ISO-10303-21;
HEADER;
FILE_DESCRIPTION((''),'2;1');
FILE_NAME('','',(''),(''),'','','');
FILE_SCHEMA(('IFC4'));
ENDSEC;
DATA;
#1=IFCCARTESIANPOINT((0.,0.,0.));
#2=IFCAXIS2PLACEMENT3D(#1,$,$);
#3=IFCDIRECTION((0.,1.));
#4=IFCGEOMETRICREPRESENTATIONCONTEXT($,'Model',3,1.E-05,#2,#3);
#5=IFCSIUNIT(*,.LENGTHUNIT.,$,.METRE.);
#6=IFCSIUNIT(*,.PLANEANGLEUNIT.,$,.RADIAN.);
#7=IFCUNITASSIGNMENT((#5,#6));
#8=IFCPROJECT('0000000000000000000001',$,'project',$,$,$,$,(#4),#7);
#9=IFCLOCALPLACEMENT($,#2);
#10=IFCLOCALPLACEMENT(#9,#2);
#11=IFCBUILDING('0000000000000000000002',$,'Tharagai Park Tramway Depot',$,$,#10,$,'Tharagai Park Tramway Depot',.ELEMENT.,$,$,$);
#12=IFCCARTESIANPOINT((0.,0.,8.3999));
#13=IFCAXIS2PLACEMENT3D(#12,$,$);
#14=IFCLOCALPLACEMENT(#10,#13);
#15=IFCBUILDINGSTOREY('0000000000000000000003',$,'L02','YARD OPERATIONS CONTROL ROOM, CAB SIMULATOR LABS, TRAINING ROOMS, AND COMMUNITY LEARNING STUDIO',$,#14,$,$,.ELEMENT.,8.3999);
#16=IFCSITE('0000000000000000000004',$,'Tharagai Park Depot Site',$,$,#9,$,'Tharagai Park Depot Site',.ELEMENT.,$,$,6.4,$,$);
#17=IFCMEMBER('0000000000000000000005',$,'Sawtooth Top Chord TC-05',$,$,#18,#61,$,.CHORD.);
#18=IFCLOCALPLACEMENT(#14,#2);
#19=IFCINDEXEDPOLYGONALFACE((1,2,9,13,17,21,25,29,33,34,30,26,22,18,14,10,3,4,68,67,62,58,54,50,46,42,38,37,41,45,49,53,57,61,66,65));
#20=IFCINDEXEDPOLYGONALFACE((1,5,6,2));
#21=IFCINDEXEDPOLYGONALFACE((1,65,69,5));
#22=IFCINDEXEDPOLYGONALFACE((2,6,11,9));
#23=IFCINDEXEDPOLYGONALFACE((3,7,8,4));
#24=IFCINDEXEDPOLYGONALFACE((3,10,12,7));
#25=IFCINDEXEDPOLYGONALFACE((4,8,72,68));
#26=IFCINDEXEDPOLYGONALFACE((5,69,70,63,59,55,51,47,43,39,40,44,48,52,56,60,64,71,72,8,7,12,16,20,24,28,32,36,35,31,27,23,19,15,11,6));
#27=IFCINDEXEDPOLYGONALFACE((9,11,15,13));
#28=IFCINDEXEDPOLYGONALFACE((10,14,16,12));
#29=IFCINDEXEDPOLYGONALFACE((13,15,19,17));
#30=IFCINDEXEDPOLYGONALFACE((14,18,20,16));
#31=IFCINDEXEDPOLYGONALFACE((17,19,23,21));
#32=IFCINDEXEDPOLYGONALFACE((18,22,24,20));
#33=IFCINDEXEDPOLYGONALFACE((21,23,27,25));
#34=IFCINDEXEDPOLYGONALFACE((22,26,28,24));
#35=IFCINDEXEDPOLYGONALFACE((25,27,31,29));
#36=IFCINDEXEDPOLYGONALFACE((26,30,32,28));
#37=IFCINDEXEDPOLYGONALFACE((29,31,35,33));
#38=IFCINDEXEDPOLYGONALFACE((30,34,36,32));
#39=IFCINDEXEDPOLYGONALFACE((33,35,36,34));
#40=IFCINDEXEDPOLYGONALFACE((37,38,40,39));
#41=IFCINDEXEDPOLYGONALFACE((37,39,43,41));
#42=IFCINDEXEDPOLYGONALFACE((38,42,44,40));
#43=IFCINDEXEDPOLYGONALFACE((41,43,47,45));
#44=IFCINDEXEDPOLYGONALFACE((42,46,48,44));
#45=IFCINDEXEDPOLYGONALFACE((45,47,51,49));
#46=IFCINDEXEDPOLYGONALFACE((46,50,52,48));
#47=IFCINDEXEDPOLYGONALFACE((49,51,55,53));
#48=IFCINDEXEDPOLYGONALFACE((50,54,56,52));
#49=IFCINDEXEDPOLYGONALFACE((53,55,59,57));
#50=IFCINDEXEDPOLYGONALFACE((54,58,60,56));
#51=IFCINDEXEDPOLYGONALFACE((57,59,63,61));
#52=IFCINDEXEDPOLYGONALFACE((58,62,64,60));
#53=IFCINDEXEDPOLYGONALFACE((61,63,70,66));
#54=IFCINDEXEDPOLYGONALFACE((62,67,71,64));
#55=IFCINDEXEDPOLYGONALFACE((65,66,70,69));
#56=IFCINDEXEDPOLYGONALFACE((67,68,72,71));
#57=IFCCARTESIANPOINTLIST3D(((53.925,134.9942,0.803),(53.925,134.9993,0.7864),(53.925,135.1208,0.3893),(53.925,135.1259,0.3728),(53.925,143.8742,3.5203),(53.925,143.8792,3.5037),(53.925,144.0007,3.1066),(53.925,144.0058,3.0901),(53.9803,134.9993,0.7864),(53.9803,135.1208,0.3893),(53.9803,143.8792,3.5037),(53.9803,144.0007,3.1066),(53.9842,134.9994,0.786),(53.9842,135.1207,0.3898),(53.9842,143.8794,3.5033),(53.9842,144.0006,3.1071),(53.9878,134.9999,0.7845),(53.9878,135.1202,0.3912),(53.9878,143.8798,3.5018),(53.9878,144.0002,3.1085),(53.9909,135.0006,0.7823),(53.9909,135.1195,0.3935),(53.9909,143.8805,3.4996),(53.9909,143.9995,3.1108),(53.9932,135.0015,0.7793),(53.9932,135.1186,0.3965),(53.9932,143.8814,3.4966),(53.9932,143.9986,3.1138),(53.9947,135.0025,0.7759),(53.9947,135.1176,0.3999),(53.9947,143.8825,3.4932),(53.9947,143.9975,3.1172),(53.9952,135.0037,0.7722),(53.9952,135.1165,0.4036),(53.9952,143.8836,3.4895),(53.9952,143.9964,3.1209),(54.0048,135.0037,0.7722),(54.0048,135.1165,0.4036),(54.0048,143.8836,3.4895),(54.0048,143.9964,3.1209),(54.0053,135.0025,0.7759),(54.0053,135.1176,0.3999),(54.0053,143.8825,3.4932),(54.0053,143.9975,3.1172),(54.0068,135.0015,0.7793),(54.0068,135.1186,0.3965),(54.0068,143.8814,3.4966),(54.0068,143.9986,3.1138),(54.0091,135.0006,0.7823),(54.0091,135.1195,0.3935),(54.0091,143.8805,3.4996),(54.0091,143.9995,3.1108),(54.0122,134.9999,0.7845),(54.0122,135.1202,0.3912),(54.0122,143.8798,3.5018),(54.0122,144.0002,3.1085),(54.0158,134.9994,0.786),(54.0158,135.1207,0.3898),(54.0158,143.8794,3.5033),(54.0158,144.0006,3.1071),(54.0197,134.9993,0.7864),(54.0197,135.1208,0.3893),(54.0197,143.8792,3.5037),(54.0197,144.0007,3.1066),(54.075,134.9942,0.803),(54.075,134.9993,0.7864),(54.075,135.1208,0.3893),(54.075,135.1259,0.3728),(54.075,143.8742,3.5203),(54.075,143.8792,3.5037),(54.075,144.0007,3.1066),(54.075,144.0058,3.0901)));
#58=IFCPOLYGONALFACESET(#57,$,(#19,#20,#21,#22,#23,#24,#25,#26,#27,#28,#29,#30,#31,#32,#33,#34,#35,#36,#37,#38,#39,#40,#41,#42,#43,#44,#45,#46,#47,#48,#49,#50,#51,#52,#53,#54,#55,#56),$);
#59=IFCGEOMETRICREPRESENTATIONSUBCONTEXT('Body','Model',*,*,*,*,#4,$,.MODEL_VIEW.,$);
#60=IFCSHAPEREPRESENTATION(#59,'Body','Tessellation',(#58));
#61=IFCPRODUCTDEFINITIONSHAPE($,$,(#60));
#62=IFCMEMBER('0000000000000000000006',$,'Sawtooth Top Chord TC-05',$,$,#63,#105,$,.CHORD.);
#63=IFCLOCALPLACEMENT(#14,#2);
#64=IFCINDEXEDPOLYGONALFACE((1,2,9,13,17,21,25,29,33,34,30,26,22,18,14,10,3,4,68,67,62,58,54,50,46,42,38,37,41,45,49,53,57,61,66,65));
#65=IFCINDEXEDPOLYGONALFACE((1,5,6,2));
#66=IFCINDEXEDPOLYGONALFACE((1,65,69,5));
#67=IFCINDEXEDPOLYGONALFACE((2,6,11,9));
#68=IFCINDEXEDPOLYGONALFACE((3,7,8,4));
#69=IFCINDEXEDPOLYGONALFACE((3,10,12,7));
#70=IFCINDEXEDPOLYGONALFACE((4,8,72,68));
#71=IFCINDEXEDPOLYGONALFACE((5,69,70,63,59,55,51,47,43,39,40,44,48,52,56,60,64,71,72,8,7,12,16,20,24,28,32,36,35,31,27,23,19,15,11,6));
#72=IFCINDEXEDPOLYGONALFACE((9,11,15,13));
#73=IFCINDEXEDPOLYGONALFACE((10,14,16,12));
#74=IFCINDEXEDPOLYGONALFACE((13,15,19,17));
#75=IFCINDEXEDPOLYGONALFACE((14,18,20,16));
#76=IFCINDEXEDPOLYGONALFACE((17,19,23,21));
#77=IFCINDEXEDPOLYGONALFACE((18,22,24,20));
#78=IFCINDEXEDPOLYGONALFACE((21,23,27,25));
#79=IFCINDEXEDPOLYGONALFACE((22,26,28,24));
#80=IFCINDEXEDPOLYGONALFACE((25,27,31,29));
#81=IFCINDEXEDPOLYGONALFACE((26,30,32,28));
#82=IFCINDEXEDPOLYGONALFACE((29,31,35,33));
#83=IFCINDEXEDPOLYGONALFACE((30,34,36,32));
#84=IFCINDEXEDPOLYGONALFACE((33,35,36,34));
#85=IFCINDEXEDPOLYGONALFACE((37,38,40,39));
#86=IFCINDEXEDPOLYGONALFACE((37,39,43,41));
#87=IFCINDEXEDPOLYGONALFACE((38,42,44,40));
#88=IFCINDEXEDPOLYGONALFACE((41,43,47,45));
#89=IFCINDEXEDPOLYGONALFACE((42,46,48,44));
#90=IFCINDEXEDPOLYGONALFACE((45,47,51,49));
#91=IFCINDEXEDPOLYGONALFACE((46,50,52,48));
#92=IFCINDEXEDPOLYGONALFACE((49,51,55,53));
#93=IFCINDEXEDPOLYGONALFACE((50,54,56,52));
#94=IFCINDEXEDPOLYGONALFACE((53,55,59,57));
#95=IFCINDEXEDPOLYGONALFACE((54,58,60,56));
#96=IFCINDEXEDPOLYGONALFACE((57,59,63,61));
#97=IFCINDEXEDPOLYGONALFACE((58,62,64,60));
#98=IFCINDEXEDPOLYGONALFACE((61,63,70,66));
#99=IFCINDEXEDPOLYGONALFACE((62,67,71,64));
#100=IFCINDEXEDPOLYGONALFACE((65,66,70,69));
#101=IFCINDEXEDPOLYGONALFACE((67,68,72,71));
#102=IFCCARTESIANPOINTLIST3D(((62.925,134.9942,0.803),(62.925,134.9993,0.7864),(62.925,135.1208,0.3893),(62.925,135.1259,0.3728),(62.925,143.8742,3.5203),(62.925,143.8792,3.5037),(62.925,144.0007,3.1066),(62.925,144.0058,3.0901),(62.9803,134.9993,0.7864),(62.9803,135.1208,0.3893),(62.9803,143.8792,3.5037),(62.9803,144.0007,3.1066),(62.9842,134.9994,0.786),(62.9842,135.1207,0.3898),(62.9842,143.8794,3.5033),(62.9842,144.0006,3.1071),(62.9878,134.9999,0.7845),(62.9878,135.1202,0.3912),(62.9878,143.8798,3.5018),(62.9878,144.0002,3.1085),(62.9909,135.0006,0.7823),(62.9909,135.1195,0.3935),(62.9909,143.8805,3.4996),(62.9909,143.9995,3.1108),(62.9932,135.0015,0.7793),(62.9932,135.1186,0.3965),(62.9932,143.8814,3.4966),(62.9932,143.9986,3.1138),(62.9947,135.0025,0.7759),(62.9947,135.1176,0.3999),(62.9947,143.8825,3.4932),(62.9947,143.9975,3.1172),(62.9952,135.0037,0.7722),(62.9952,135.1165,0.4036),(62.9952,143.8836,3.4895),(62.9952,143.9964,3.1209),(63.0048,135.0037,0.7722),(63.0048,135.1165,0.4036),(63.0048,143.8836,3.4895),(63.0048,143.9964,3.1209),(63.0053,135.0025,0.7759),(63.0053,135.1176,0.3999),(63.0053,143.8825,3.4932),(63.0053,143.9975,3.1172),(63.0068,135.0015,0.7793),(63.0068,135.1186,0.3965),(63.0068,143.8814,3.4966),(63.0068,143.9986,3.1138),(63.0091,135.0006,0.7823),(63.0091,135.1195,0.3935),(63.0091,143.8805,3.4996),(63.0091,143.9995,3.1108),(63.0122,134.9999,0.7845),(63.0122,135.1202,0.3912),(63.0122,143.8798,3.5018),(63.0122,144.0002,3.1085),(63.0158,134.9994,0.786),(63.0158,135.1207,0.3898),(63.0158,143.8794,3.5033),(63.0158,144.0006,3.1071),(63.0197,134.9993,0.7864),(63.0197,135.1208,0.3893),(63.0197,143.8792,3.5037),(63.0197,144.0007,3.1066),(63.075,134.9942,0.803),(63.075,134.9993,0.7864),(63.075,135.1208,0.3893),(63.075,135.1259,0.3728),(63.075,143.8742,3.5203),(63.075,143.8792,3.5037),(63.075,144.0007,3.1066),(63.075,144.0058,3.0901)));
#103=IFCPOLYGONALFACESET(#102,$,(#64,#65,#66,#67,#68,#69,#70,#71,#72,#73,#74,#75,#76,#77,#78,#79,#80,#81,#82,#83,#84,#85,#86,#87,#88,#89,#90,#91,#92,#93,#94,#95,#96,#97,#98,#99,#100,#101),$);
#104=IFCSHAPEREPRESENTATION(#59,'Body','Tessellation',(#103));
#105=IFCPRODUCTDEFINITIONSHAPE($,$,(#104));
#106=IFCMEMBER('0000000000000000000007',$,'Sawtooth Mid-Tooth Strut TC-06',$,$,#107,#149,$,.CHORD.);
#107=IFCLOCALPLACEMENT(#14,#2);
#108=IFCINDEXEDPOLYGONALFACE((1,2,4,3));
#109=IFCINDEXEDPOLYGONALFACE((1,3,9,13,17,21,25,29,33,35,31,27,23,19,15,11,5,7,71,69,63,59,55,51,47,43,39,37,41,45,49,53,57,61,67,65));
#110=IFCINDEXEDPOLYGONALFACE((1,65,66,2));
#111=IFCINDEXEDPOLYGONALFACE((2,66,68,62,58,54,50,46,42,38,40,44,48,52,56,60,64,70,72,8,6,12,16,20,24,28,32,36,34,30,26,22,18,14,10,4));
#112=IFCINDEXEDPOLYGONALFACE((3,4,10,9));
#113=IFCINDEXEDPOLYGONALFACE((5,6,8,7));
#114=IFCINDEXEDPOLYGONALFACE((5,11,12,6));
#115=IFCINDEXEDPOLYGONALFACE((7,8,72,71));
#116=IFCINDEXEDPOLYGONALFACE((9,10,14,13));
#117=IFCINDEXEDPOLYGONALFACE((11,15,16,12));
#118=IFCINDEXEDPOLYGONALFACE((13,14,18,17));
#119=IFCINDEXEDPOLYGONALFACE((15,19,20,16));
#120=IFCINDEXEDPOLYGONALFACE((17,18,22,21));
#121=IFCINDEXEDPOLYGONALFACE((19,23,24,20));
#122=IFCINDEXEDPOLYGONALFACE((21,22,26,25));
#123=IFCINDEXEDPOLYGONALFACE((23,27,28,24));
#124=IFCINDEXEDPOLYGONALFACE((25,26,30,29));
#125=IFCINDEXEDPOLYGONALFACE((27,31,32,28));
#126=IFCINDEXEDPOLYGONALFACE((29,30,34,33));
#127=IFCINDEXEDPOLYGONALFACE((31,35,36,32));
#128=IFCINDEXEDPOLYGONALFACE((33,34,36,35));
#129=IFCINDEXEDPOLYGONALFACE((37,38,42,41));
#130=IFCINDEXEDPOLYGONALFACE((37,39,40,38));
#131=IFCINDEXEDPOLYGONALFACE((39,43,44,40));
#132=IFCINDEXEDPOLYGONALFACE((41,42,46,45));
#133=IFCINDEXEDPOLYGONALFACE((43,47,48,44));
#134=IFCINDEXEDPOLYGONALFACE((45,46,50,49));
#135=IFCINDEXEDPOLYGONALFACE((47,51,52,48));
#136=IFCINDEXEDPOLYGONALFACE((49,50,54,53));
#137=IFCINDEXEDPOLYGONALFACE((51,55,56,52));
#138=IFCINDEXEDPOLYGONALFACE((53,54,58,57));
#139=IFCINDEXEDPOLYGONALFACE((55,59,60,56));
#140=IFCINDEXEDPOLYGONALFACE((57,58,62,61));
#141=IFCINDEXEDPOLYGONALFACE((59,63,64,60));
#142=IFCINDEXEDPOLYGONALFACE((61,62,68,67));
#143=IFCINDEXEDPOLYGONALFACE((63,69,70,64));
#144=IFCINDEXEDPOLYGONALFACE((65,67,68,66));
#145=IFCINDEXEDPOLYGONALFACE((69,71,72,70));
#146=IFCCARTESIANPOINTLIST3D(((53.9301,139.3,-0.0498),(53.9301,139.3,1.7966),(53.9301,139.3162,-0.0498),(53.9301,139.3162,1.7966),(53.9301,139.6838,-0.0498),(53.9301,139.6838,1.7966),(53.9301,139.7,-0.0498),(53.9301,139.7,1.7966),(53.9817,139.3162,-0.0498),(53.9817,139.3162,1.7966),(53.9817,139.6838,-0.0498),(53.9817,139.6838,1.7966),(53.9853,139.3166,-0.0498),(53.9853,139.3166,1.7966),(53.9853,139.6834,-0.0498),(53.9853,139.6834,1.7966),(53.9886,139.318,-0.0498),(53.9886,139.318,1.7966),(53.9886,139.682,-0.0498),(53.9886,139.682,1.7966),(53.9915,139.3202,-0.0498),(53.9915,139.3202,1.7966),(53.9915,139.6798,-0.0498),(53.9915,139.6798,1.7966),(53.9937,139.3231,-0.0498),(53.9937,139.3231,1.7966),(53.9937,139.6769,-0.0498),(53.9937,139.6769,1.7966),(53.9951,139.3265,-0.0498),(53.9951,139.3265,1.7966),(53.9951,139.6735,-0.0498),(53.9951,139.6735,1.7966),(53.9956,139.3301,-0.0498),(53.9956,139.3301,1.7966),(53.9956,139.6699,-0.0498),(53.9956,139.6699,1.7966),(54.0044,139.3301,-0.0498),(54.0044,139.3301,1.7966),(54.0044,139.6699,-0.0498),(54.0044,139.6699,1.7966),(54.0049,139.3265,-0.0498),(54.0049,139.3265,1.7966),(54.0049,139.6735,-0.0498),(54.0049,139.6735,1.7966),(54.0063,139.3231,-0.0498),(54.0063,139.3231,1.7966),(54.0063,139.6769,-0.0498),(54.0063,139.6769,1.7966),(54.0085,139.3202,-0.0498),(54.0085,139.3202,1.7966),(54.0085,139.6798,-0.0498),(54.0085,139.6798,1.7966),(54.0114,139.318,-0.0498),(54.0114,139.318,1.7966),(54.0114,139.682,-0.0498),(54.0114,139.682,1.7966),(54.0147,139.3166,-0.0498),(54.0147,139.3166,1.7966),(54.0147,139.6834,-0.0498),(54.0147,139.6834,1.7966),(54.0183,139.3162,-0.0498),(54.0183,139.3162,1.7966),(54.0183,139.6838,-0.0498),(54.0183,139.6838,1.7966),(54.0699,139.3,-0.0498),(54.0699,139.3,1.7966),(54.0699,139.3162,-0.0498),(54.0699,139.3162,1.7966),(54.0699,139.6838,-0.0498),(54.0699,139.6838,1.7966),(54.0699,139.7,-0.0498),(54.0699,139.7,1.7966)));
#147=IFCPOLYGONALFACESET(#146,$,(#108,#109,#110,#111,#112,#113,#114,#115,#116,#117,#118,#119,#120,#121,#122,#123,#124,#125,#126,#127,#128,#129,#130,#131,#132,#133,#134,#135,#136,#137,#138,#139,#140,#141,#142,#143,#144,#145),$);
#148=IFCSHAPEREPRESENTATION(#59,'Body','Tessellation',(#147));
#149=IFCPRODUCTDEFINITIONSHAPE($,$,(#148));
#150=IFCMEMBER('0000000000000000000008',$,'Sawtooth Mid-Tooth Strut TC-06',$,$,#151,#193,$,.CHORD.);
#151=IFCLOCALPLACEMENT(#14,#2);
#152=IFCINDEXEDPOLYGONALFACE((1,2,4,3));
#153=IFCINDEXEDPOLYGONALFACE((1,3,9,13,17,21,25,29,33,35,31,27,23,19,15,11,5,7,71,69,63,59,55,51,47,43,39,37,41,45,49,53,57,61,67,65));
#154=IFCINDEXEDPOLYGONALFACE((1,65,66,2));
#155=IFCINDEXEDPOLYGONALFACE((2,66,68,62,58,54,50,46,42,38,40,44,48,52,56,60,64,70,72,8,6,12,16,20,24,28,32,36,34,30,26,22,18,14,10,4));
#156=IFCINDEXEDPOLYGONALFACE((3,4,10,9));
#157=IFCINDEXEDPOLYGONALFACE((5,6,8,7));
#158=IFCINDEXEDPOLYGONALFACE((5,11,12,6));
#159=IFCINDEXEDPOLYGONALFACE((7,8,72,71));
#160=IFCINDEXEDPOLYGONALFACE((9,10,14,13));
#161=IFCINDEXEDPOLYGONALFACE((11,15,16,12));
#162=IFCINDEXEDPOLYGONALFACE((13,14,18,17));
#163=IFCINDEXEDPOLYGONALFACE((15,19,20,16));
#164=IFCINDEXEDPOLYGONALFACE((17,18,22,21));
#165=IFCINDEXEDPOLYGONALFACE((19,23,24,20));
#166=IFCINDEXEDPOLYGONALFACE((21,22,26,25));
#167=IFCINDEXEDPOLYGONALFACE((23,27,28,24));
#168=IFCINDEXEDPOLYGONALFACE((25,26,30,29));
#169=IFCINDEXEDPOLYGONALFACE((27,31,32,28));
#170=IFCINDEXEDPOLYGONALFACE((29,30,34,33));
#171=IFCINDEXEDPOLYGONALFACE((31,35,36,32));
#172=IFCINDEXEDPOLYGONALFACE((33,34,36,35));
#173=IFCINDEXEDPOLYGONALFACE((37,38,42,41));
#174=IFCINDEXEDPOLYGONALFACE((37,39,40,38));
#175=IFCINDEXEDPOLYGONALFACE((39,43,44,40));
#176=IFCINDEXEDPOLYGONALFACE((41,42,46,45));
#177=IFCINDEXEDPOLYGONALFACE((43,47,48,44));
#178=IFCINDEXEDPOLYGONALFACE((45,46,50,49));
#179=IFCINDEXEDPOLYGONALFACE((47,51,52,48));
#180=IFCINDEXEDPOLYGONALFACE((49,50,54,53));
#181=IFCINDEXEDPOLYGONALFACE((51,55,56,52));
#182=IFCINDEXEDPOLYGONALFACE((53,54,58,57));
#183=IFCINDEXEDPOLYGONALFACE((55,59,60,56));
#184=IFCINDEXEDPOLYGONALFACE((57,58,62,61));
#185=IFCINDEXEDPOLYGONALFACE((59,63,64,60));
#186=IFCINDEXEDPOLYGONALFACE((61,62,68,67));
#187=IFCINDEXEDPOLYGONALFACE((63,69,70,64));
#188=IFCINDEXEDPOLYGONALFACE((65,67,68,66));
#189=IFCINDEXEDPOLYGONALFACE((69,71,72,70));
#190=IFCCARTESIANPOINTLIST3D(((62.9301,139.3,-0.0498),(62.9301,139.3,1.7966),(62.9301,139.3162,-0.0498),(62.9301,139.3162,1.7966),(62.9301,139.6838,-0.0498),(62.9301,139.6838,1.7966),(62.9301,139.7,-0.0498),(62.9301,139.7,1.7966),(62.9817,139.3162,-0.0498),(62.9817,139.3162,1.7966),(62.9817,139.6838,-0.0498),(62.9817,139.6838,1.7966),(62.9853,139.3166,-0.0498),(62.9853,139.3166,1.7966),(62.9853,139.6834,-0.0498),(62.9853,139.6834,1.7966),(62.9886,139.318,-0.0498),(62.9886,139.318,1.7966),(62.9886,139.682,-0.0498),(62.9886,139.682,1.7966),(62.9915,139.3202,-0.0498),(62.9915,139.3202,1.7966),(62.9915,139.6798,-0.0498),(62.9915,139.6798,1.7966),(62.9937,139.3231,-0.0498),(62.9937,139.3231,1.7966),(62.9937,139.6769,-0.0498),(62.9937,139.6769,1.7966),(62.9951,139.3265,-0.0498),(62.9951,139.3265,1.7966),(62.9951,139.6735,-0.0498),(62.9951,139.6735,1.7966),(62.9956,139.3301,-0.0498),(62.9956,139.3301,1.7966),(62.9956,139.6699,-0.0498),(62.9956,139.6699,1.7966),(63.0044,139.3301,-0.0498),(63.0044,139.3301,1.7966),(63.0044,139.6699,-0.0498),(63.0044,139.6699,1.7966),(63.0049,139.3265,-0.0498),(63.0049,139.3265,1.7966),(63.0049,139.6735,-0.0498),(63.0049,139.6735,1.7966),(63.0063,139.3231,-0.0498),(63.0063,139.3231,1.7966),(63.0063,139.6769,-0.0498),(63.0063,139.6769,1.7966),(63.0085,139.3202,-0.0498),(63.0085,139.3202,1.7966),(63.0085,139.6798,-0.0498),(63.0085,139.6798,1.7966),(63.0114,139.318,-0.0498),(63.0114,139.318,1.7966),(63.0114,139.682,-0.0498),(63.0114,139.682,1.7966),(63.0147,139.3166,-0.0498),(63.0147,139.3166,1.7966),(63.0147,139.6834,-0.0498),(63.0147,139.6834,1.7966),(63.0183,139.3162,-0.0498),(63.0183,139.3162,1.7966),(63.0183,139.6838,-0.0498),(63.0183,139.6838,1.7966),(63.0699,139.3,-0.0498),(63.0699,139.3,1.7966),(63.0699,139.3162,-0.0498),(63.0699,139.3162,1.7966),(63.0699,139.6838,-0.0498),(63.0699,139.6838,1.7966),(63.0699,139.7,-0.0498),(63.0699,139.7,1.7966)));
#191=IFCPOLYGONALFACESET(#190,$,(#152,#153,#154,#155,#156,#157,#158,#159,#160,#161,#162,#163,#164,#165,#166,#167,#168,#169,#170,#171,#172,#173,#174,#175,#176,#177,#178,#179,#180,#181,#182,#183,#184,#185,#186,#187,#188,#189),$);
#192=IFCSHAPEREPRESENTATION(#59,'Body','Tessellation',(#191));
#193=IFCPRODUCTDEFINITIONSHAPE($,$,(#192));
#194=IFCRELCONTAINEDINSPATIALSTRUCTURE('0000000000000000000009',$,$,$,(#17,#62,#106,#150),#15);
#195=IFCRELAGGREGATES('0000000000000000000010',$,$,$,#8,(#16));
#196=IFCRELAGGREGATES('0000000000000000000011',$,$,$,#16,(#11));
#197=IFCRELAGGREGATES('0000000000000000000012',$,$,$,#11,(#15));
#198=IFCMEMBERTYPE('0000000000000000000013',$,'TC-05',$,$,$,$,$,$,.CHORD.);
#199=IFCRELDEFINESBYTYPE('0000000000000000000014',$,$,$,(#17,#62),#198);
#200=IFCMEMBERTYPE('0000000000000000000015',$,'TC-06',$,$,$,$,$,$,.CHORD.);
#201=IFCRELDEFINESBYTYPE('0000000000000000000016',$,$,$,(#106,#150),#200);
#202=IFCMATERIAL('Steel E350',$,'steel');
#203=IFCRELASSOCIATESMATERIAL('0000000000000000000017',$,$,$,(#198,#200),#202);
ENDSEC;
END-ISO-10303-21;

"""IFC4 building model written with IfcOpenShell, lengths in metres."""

from ifc_helpers import new_model, si_unit, direction, frame, origin, origin_2d, place, context, subcontext, project, spatial, i_section, extrude, material, material_profile, profile_set, type_object, element, save


model = new_model("IFC4")

# Units and contexts
model_context = context("Model", 3, precision=1e-05, world=origin(), true_north=direction((0.0, 1.0)))
body_context = subcontext(model_context, "Body", "Model", "MODEL_VIEW")
ifc_project = project(units=[si_unit("LENGTHUNIT", "METRE"), si_unit("PLANEANGLEUNIT", "RADIAN")], contexts=[model_context])

# Site, building, storey
site_placement = place(None, origin())
site = spatial("IfcSite", under=ifc_project, at=site_placement, Name="Tharagai Park Depot Site", LongName="Tharagai Park Depot Site", CompositionType="ELEMENT", RefElevation=6.4)
building_placement = place(site_placement, origin())
building = spatial("IfcBuilding", under=site, at=building_placement, Name="Tharagai Park Tramway Depot", LongName="Tharagai Park Tramway Depot", CompositionType="ELEMENT")
storey_placement = place(building_placement, frame((0.0, 0.0, 8.3999)))
storey = spatial("IfcBuildingStorey", under=building, at=storey_placement, Name="L02", Description="YARD OPERATIONS CONTROL ROOM, CAB SIMULATOR LABS, TRAINING ROOMS, AND COMMUNITY LEARNING STUDIO", CompositionType="ELEMENT", Elevation=8.3999)

# Shared definitions
ifc_material_1 = material(Name="Steel E350", Category="steel")

# Members
ifc_material_profile_1 = material_profile(ifc_material_1, i_section(OverallWidth=0.1499, OverallDepth=0.45, WebThickness=0.0095, FlangeThickness=0.0173, FilletRadius=0.0149, at=origin_2d()), Name="ISMB 450")
ifc_profile_set_1 = profile_set([ifc_material_profile_1], Name="Steel E350")
member_type_1 = type_object("IfcMemberType", Name="TC-05", PredefinedType="CHORD", material=ifc_profile_set_1)
for number, where, z_axis, x_axis, name in (
    (1, (54.0, 135.0601, 0.5879), (0.0, 0.956231, 0.292611), (-1.0, 0.0, 0.0), "Sawtooth Top Chord TC-05"),
    (2, (63.0, 135.0601, 0.5879), (0.0, 0.956231, 0.292611), (-1.0, 0.0, 0.0), "Sawtooth Top Chord TC-05"),
):
    element("IfcMember", number, at=place(storey_placement, frame(where, z_axis=z_axis, x_axis=x_axis)), inside=storey, type_object=member_type_1, Name=name, PredefinedType="CHORD", context=body_context, shape_type="SweptSolid", body=[
        extrude(i_section(OverallWidth=0.1499, OverallDepth=0.45, WebThickness=0.0095, FlangeThickness=0.0173, FilletRadius=0.0149, at=origin_2d()), origin(), (0.0, 0.0, 1.0), 9.2864),
    ])
ifc_material_profile_2 = material_profile(ifc_material_1, i_section(OverallWidth=0.1399, OverallDepth=0.3999, WebThickness=0.0088, FlangeThickness=0.0161, FilletRadius=0.0139, at=origin_2d()), Name="ISMB 400")
ifc_profile_set_2 = profile_set([ifc_material_profile_2], Name="Steel E350")
member_type_2 = type_object("IfcMemberType", Name="TC-06", PredefinedType="CHORD", material=ifc_profile_set_2)
for number, where, z_axis, x_axis, name in (
    (3, (54.0, 139.5, -0.0498), (0.0, 0.0, 1.0), (1.0, 0.0, 0.0), "Sawtooth Mid-Tooth Strut TC-06"),
    (4, (63.0, 139.5, -0.0498), (0.0, 0.0, 1.0), (1.0, 0.0, 0.0), "Sawtooth Mid-Tooth Strut TC-06"),
):
    element("IfcMember", number, at=place(storey_placement, frame(where, z_axis=z_axis, x_axis=x_axis)), inside=storey, type_object=member_type_2, Name=name, PredefinedType="CHORD", context=body_context, shape_type="SweptSolid", body=[
        extrude(i_section(OverallWidth=0.1399, OverallDepth=0.3999, WebThickness=0.0088, FlangeThickness=0.0161, FilletRadius=0.0139, at=origin_2d()), origin(), (0.0, 0.0, 1.0), 1.8464),
    ])

save(model, "model.ifc")
